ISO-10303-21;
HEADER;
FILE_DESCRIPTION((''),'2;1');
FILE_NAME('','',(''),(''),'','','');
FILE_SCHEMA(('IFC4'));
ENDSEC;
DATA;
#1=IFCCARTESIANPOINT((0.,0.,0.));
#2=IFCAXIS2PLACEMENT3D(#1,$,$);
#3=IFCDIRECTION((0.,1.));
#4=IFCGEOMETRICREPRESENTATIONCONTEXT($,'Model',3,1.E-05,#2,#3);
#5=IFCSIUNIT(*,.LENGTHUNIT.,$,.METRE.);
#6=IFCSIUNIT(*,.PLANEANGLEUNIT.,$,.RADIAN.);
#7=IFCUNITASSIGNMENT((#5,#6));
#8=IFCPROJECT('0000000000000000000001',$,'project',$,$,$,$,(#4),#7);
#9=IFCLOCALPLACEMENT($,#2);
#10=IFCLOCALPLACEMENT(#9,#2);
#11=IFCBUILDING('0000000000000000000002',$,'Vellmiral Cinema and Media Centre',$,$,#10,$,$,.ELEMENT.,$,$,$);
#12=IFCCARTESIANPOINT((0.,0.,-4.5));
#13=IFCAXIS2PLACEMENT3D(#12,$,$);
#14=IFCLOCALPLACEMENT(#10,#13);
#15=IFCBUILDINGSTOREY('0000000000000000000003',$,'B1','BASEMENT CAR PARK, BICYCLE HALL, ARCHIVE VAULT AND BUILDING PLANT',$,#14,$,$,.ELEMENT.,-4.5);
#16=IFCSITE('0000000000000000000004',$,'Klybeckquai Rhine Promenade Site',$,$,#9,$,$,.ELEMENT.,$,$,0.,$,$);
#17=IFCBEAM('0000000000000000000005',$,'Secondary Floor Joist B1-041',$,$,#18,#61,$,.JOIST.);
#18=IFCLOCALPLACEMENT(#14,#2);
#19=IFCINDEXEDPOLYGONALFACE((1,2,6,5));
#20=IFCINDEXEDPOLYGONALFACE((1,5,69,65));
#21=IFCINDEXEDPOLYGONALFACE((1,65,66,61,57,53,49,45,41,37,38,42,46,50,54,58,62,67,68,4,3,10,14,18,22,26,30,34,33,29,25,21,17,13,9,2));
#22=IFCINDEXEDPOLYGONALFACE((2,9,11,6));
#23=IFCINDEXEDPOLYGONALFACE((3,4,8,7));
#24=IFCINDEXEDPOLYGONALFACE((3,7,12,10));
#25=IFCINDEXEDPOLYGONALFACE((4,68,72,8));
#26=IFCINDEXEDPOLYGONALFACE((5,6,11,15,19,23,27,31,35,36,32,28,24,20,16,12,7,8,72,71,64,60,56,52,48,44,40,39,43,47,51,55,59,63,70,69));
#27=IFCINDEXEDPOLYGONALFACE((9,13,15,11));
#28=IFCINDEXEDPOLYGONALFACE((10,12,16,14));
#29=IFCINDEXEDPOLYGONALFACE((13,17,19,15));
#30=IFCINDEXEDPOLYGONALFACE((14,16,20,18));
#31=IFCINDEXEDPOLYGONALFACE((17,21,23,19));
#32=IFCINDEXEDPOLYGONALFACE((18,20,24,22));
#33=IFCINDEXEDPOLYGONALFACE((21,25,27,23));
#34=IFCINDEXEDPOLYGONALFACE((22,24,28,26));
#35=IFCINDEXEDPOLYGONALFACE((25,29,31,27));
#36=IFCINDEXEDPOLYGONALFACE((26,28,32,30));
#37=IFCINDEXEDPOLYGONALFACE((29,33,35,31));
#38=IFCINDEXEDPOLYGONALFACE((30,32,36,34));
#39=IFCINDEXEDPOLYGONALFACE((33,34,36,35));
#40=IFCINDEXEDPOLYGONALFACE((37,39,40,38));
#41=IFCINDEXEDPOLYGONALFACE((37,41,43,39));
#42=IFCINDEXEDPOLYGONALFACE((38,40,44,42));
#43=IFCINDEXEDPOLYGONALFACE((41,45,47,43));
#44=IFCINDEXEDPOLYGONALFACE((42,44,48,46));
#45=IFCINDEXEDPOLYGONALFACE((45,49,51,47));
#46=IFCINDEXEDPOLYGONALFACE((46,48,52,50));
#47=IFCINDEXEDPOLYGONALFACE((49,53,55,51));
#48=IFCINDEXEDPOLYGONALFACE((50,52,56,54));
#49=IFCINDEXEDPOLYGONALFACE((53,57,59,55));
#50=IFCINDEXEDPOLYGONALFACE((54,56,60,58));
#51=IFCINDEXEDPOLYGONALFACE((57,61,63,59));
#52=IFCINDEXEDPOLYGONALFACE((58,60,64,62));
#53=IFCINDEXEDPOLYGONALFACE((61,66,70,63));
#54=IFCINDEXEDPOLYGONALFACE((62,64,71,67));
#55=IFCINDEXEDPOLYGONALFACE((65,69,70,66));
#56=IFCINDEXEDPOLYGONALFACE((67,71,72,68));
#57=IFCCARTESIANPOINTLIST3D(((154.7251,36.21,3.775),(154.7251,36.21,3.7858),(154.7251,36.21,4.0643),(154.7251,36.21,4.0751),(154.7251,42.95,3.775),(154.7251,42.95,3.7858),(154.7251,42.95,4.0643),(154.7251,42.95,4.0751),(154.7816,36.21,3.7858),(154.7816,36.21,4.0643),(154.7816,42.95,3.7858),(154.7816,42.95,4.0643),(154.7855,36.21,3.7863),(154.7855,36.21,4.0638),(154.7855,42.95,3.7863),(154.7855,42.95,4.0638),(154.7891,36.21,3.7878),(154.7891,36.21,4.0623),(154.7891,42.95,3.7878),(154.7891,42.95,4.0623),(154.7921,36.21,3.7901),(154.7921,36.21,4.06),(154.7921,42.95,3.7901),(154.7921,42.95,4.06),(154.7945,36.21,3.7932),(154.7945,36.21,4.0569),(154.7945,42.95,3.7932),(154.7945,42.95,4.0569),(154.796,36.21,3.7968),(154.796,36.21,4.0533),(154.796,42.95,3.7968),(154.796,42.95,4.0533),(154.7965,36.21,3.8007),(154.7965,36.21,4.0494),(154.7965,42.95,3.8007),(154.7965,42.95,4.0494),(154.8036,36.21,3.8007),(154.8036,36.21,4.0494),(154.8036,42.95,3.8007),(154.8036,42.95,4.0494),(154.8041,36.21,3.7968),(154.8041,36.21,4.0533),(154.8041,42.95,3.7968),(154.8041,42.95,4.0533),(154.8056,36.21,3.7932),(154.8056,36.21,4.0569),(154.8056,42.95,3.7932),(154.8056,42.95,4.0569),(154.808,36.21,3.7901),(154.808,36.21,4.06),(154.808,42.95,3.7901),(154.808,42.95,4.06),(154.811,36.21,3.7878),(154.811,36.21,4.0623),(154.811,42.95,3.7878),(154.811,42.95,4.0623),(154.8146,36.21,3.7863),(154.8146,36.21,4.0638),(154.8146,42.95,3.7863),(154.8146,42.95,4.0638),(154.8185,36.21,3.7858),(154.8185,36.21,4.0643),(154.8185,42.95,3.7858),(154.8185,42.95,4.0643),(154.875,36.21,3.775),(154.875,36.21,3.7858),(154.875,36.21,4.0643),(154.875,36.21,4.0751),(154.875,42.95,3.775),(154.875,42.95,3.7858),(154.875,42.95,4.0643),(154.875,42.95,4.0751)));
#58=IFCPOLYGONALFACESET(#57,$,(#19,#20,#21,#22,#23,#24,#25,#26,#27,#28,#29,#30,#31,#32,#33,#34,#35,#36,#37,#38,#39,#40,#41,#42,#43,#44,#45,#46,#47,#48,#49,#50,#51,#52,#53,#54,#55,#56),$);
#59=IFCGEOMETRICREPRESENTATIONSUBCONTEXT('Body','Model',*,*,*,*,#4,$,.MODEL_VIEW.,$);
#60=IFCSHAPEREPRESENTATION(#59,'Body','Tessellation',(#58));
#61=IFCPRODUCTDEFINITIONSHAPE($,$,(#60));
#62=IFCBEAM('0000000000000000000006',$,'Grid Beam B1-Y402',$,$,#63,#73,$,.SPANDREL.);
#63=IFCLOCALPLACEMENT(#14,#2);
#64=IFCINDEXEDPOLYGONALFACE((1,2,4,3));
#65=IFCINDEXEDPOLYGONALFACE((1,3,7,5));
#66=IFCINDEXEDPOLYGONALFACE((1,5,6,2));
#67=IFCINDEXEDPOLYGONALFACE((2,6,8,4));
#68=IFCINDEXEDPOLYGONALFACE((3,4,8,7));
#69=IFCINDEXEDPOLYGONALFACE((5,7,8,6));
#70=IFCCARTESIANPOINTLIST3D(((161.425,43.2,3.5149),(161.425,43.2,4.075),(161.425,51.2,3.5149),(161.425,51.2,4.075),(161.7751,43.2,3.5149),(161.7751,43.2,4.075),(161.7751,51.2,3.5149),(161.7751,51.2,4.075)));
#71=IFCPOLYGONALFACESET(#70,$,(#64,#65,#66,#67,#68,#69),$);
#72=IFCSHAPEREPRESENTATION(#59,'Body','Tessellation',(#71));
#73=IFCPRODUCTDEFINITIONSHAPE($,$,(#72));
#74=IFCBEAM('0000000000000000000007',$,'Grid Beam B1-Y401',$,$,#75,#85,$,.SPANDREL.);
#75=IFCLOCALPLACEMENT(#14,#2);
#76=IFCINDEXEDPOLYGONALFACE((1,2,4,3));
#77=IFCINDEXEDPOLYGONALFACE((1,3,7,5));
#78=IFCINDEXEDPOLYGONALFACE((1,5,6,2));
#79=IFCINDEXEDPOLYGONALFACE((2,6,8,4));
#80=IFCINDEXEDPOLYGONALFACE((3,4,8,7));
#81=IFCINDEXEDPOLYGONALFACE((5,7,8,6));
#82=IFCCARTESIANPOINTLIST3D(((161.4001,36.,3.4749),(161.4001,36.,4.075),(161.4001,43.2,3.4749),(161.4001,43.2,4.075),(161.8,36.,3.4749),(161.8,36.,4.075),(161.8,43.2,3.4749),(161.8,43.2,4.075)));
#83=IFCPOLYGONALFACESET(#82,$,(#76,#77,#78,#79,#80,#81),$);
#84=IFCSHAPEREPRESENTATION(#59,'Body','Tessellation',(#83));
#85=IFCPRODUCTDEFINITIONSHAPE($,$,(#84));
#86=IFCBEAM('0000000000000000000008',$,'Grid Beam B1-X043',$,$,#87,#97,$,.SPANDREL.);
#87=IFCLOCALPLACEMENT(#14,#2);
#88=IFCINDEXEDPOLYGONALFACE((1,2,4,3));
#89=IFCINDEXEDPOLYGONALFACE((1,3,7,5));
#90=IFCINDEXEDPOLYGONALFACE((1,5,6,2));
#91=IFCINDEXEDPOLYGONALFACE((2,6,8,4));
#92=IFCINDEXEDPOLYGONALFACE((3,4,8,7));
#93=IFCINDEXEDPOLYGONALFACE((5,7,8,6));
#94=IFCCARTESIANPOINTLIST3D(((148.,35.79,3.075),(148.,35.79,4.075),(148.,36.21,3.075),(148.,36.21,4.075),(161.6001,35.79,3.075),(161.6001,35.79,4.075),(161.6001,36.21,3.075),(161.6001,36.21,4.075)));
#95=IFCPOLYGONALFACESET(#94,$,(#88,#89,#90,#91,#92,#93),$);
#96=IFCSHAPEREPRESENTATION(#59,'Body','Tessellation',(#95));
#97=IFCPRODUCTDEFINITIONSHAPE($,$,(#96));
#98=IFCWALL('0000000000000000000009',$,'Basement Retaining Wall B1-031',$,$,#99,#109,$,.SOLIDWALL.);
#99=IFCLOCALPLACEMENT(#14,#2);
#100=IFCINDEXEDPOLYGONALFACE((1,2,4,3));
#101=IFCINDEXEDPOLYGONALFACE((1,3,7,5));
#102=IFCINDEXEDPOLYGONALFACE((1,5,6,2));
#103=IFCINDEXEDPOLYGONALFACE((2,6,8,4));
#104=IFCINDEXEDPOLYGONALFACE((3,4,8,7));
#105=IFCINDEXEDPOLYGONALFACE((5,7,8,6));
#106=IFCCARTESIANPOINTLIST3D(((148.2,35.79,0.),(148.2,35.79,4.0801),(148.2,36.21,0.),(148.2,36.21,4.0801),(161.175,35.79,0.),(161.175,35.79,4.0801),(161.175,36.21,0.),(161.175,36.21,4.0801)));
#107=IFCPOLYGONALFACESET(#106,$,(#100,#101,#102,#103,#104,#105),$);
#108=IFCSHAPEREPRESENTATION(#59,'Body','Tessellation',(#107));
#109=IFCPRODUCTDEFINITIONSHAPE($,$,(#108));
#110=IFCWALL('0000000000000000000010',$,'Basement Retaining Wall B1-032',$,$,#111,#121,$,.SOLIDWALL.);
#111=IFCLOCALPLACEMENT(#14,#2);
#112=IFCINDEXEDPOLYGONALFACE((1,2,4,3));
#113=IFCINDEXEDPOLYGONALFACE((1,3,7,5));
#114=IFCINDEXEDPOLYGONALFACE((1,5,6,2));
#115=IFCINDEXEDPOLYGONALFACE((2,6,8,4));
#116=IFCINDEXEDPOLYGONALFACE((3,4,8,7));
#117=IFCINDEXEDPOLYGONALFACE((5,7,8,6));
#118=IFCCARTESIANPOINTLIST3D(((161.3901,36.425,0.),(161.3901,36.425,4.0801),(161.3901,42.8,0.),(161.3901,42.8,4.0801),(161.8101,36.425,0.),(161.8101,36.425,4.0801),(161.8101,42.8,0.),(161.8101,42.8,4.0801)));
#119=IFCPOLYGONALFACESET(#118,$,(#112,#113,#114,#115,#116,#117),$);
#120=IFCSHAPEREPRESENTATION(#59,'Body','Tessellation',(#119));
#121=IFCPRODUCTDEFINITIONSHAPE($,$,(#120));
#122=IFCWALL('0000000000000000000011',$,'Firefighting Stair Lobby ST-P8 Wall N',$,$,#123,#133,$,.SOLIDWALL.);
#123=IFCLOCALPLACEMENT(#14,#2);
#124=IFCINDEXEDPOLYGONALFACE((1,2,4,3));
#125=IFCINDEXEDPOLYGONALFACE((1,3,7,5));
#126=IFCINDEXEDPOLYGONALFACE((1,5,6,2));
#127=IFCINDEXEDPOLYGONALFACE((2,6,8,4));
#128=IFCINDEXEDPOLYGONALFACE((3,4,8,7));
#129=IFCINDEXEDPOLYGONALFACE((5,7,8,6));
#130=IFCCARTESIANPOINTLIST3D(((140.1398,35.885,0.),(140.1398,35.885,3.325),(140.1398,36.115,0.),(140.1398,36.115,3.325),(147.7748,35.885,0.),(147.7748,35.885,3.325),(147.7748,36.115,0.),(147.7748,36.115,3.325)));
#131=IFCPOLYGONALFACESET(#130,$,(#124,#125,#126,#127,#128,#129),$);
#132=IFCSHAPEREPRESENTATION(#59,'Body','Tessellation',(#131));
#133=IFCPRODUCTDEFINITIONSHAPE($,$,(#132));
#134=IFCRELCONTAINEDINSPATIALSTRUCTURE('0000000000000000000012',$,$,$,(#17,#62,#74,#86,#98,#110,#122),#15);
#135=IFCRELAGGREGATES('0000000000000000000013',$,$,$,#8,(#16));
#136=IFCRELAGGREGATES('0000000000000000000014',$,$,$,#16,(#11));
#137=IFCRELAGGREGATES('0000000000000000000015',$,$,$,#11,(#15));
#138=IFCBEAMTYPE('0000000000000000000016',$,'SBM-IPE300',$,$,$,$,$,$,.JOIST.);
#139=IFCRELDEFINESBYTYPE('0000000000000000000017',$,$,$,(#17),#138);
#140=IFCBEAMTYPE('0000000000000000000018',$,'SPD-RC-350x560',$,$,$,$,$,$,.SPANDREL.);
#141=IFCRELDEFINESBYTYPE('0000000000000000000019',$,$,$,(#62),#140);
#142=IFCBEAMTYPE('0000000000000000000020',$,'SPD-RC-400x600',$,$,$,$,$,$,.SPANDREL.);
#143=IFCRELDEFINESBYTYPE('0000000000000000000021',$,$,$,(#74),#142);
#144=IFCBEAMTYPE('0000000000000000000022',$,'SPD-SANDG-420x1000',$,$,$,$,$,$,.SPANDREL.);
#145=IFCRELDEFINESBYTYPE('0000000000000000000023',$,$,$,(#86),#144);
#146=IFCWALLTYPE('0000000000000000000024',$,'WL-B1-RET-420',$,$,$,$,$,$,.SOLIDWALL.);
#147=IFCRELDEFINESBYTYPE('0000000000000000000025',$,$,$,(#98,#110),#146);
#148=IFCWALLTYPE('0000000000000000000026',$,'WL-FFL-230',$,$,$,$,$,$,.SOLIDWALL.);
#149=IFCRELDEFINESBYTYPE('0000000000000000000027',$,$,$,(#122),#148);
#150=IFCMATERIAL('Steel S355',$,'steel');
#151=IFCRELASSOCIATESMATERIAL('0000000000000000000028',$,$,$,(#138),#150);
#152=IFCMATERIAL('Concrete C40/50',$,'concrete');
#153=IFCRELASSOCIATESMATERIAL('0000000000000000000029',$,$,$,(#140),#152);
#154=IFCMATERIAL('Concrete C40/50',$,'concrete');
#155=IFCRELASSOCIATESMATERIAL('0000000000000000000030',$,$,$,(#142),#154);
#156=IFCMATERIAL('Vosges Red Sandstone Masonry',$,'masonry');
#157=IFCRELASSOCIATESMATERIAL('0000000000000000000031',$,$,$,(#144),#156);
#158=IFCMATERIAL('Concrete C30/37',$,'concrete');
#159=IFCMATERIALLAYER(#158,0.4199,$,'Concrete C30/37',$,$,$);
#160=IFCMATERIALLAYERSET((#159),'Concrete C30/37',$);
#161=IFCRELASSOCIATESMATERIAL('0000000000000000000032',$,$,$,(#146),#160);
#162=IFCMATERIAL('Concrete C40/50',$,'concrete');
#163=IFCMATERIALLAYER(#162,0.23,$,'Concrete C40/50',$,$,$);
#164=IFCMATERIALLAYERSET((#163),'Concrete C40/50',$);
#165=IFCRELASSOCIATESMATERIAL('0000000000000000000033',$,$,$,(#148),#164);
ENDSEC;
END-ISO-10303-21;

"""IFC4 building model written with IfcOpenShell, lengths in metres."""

from ifc_helpers import new_model, si_unit, direction, frame, frame_2d, origin, origin_2d, place, context, subcontext, project, spatial, rectangle, i_section, extrude, material, layer, layer_set, material_profile, profile_set, type_object, element, save


model = new_model("IFC4")

# Units and contexts
model_context = context("Model", 3, precision=1e-05, world=origin(), true_north=direction((0.0, 1.0)))
body_context = subcontext(model_context, "Body", "Model", "MODEL_VIEW")
ifc_project = project(units=[si_unit("LENGTHUNIT", "METRE"), si_unit("PLANEANGLEUNIT", "RADIAN")], contexts=[model_context])

# Site, building, storey
site_placement = place(None, origin())
site = spatial("IfcSite", under=ifc_project, at=site_placement, Name="Klybeckquai Rhine Promenade Site", CompositionType="ELEMENT", RefElevation=0.0)
building_placement = place(site_placement, origin())
building = spatial("IfcBuilding", under=site, at=building_placement, Name="Vellmiral Cinema and Media Centre", CompositionType="ELEMENT")
storey_placement = place(building_placement, frame((0.0, 0.0, -4.5)))
storey = spatial("IfcBuildingStorey", under=building, at=storey_placement, Name="B1", Description="BASEMENT CAR PARK, BICYCLE HALL, ARCHIVE VAULT AND BUILDING PLANT", CompositionType="ELEMENT", Elevation=-4.5)

# Beams
ifc_material_1 = material(Name="Steel S355", Category="steel")
ifc_material_profile_1 = material_profile(ifc_material_1, i_section(OverallWidth=0.1499, OverallDepth=0.3, WebThickness=0.0071, FlangeThickness=0.0107, FilletRadius=0.0149, at=origin_2d()), Name="IPE 300")
ifc_profile_set_1 = profile_set([ifc_material_profile_1], Name="Steel S355")
beam_type_1 = type_object("IfcBeamType", Name="SBM-IPE300", PredefinedType="JOIST", material=ifc_profile_set_1)
beam_1_placement = place(storey_placement, frame((154.8, 36.21, 3.925), z_axis=(0.0, 1.0, 0.0), x_axis=(-1.0, 0.0, 0.0)))
element("IfcBeam", 1, at=beam_1_placement, inside=storey, type_object=beam_type_1, Name="Secondary Floor Joist B1-041", PredefinedType="JOIST", context=body_context, shape_type="SweptSolid", body=[
    extrude(i_section(OverallWidth=0.1499, OverallDepth=0.3, WebThickness=0.0071, FlangeThickness=0.0107, FilletRadius=0.0149, at=origin_2d()), origin(), (0.0, 0.0, 1.0), 6.74),
])
ifc_material_2 = material(Name="Concrete C40/50", Category="concrete")
ifc_material_profile_2 = material_profile(ifc_material_2, rectangle(XDim=0.3501, YDim=0.5601, at=origin_2d()), Name="RC 350x560")
ifc_profile_set_2 = profile_set([ifc_material_profile_2], Name="Concrete C40/50")
beam_type_2 = type_object("IfcBeamType", Name="SPD-RC-350x560", PredefinedType="SPANDREL", material=ifc_profile_set_2)
beam_2_placement = place(storey_placement, frame((161.6001, 43.2, 3.7949), z_axis=(0.0, 1.0, 0.0), x_axis=(-1.0, 0.0, 0.0)))
element("IfcBeam", 2, at=beam_2_placement, inside=storey, type_object=beam_type_2, Name="Grid Beam B1-Y402", PredefinedType="SPANDREL", context=body_context, shape_type="SweptSolid", body=[
    extrude(rectangle(XDim=0.3501, YDim=0.5601, at=origin_2d()), origin(), (0.0, 0.0, 1.0), 8.0),
])
ifc_material_3 = material(Name="Concrete C40/50", Category="concrete")
ifc_material_profile_3 = material_profile(ifc_material_3, rectangle(XDim=0.3999, YDim=0.6001, at=origin_2d()), Name="RC 400x600")
ifc_profile_set_3 = profile_set([ifc_material_profile_3], Name="Concrete C40/50")
beam_type_3 = type_object("IfcBeamType", Name="SPD-RC-400x600", PredefinedType="SPANDREL", material=ifc_profile_set_3)
beam_3_placement = place(storey_placement, frame((161.6001, 36.0, 3.7749), z_axis=(0.0, 1.0, 0.0), x_axis=(-1.0, 0.0, 0.0)))
element("IfcBeam", 3, at=beam_3_placement, inside=storey, type_object=beam_type_3, Name="Grid Beam B1-Y401", PredefinedType="SPANDREL", context=body_context, shape_type="SweptSolid", body=[
    extrude(rectangle(XDim=0.3999, YDim=0.6001, at=origin_2d()), origin(), (0.0, 0.0, 1.0), 7.2),
])
ifc_material_4 = material(Name="Vosges Red Sandstone Masonry", Category="masonry")
ifc_material_profile_4 = material_profile(ifc_material_4, rectangle(XDim=0.4199, YDim=1.0, at=origin_2d()), Name="SAND 420x1000")
ifc_profile_set_4 = profile_set([ifc_material_profile_4], Name="Vosges Red Sandstone Masonry")
beam_type_4 = type_object("IfcBeamType", Name="SPD-SANDG-420x1000", PredefinedType="SPANDREL", material=ifc_profile_set_4)
beam_4_placement = place(storey_placement, frame((148.0, 36.0, 3.575), z_axis=(1.0, 0.0, 0.0), x_axis=(0.0, 1.0, 0.0)))
element("IfcBeam", 4, at=beam_4_placement, inside=storey, type_object=beam_type_4, Name="Grid Beam B1-X043", PredefinedType="SPANDREL", context=body_context, shape_type="SweptSolid", body=[
    extrude(rectangle(XDim=0.4199, YDim=1.0, at=origin_2d()), origin(), (0.0, 0.0, 1.0), 13.6001),
])

# Walls
ifc_material_5 = material(Name="Concrete C30/37", Category="concrete")
ifc_layer_1 = layer(ifc_material_5, 0.4199, Name="Concrete C30/37")
ifc_layer_set_1 = layer_set([ifc_layer_1], Name="Concrete C30/37")
wall_type_1 = type_object("IfcWallType", Name="WL-B1-RET-420", PredefinedType="SOLIDWALL", material=ifc_layer_set_1)
wall_1_placement = place(storey_placement, frame((148.2, 36.0, 0.0), z_axis=(0.0, 0.0, 1.0), x_axis=(1.0, 0.0, 0.0)))
element("IfcWall", 5, at=wall_1_placement, inside=storey, type_object=wall_type_1, Name="Basement Retaining Wall B1-031", PredefinedType="SOLIDWALL", context=body_context, shape_type="SweptSolid", body=[
    extrude(rectangle(XDim=12.9751, YDim=0.4199, at=frame_2d((6.4875, 0.0))), origin(), (0.0, 0.0, 1.0), 4.0801),
])
wall_2_placement = place(storey_placement, frame((161.6001, 36.425, 0.0), z_axis=(0.0, 0.0, 1.0), x_axis=(0.0, 1.0, 0.0)))
element("IfcWall", 6, at=wall_2_placement, inside=storey, type_object=wall_type_1, Name="Basement Retaining Wall B1-032", PredefinedType="SOLIDWALL", context=body_context, shape_type="SweptSolid", body=[
    extrude(rectangle(XDim=6.375, YDim=0.4199, at=frame_2d((3.1875, 0.0))), origin(), (0.0, 0.0, 1.0), 4.0801),
])
ifc_material_6 = material(Name="Concrete C40/50", Category="concrete")
ifc_layer_2 = layer(ifc_material_6, 0.23, Name="Concrete C40/50")
ifc_layer_set_2 = layer_set([ifc_layer_2], Name="Concrete C40/50")
wall_type_2 = type_object("IfcWallType", Name="WL-FFL-230", PredefinedType="SOLIDWALL", material=ifc_layer_set_2)
wall_3_placement = place(storey_placement, frame((140.1399, 36.0, 0.0), z_axis=(0.0, 0.0, 1.0), x_axis=(1.0, 0.0, 0.0)))
element("IfcWall", 7, at=wall_3_placement, inside=storey, type_object=wall_type_2, Name="Firefighting Stair Lobby ST-P8 Wall N", PredefinedType="SOLIDWALL", context=body_context, shape_type="SweptSolid", body=[
    extrude(rectangle(XDim=7.635, YDim=0.23, at=frame_2d((3.8174, 0.0))), origin(), (0.0, 0.0, 1.0), 3.325),
])

save(model, "model.ifc")
